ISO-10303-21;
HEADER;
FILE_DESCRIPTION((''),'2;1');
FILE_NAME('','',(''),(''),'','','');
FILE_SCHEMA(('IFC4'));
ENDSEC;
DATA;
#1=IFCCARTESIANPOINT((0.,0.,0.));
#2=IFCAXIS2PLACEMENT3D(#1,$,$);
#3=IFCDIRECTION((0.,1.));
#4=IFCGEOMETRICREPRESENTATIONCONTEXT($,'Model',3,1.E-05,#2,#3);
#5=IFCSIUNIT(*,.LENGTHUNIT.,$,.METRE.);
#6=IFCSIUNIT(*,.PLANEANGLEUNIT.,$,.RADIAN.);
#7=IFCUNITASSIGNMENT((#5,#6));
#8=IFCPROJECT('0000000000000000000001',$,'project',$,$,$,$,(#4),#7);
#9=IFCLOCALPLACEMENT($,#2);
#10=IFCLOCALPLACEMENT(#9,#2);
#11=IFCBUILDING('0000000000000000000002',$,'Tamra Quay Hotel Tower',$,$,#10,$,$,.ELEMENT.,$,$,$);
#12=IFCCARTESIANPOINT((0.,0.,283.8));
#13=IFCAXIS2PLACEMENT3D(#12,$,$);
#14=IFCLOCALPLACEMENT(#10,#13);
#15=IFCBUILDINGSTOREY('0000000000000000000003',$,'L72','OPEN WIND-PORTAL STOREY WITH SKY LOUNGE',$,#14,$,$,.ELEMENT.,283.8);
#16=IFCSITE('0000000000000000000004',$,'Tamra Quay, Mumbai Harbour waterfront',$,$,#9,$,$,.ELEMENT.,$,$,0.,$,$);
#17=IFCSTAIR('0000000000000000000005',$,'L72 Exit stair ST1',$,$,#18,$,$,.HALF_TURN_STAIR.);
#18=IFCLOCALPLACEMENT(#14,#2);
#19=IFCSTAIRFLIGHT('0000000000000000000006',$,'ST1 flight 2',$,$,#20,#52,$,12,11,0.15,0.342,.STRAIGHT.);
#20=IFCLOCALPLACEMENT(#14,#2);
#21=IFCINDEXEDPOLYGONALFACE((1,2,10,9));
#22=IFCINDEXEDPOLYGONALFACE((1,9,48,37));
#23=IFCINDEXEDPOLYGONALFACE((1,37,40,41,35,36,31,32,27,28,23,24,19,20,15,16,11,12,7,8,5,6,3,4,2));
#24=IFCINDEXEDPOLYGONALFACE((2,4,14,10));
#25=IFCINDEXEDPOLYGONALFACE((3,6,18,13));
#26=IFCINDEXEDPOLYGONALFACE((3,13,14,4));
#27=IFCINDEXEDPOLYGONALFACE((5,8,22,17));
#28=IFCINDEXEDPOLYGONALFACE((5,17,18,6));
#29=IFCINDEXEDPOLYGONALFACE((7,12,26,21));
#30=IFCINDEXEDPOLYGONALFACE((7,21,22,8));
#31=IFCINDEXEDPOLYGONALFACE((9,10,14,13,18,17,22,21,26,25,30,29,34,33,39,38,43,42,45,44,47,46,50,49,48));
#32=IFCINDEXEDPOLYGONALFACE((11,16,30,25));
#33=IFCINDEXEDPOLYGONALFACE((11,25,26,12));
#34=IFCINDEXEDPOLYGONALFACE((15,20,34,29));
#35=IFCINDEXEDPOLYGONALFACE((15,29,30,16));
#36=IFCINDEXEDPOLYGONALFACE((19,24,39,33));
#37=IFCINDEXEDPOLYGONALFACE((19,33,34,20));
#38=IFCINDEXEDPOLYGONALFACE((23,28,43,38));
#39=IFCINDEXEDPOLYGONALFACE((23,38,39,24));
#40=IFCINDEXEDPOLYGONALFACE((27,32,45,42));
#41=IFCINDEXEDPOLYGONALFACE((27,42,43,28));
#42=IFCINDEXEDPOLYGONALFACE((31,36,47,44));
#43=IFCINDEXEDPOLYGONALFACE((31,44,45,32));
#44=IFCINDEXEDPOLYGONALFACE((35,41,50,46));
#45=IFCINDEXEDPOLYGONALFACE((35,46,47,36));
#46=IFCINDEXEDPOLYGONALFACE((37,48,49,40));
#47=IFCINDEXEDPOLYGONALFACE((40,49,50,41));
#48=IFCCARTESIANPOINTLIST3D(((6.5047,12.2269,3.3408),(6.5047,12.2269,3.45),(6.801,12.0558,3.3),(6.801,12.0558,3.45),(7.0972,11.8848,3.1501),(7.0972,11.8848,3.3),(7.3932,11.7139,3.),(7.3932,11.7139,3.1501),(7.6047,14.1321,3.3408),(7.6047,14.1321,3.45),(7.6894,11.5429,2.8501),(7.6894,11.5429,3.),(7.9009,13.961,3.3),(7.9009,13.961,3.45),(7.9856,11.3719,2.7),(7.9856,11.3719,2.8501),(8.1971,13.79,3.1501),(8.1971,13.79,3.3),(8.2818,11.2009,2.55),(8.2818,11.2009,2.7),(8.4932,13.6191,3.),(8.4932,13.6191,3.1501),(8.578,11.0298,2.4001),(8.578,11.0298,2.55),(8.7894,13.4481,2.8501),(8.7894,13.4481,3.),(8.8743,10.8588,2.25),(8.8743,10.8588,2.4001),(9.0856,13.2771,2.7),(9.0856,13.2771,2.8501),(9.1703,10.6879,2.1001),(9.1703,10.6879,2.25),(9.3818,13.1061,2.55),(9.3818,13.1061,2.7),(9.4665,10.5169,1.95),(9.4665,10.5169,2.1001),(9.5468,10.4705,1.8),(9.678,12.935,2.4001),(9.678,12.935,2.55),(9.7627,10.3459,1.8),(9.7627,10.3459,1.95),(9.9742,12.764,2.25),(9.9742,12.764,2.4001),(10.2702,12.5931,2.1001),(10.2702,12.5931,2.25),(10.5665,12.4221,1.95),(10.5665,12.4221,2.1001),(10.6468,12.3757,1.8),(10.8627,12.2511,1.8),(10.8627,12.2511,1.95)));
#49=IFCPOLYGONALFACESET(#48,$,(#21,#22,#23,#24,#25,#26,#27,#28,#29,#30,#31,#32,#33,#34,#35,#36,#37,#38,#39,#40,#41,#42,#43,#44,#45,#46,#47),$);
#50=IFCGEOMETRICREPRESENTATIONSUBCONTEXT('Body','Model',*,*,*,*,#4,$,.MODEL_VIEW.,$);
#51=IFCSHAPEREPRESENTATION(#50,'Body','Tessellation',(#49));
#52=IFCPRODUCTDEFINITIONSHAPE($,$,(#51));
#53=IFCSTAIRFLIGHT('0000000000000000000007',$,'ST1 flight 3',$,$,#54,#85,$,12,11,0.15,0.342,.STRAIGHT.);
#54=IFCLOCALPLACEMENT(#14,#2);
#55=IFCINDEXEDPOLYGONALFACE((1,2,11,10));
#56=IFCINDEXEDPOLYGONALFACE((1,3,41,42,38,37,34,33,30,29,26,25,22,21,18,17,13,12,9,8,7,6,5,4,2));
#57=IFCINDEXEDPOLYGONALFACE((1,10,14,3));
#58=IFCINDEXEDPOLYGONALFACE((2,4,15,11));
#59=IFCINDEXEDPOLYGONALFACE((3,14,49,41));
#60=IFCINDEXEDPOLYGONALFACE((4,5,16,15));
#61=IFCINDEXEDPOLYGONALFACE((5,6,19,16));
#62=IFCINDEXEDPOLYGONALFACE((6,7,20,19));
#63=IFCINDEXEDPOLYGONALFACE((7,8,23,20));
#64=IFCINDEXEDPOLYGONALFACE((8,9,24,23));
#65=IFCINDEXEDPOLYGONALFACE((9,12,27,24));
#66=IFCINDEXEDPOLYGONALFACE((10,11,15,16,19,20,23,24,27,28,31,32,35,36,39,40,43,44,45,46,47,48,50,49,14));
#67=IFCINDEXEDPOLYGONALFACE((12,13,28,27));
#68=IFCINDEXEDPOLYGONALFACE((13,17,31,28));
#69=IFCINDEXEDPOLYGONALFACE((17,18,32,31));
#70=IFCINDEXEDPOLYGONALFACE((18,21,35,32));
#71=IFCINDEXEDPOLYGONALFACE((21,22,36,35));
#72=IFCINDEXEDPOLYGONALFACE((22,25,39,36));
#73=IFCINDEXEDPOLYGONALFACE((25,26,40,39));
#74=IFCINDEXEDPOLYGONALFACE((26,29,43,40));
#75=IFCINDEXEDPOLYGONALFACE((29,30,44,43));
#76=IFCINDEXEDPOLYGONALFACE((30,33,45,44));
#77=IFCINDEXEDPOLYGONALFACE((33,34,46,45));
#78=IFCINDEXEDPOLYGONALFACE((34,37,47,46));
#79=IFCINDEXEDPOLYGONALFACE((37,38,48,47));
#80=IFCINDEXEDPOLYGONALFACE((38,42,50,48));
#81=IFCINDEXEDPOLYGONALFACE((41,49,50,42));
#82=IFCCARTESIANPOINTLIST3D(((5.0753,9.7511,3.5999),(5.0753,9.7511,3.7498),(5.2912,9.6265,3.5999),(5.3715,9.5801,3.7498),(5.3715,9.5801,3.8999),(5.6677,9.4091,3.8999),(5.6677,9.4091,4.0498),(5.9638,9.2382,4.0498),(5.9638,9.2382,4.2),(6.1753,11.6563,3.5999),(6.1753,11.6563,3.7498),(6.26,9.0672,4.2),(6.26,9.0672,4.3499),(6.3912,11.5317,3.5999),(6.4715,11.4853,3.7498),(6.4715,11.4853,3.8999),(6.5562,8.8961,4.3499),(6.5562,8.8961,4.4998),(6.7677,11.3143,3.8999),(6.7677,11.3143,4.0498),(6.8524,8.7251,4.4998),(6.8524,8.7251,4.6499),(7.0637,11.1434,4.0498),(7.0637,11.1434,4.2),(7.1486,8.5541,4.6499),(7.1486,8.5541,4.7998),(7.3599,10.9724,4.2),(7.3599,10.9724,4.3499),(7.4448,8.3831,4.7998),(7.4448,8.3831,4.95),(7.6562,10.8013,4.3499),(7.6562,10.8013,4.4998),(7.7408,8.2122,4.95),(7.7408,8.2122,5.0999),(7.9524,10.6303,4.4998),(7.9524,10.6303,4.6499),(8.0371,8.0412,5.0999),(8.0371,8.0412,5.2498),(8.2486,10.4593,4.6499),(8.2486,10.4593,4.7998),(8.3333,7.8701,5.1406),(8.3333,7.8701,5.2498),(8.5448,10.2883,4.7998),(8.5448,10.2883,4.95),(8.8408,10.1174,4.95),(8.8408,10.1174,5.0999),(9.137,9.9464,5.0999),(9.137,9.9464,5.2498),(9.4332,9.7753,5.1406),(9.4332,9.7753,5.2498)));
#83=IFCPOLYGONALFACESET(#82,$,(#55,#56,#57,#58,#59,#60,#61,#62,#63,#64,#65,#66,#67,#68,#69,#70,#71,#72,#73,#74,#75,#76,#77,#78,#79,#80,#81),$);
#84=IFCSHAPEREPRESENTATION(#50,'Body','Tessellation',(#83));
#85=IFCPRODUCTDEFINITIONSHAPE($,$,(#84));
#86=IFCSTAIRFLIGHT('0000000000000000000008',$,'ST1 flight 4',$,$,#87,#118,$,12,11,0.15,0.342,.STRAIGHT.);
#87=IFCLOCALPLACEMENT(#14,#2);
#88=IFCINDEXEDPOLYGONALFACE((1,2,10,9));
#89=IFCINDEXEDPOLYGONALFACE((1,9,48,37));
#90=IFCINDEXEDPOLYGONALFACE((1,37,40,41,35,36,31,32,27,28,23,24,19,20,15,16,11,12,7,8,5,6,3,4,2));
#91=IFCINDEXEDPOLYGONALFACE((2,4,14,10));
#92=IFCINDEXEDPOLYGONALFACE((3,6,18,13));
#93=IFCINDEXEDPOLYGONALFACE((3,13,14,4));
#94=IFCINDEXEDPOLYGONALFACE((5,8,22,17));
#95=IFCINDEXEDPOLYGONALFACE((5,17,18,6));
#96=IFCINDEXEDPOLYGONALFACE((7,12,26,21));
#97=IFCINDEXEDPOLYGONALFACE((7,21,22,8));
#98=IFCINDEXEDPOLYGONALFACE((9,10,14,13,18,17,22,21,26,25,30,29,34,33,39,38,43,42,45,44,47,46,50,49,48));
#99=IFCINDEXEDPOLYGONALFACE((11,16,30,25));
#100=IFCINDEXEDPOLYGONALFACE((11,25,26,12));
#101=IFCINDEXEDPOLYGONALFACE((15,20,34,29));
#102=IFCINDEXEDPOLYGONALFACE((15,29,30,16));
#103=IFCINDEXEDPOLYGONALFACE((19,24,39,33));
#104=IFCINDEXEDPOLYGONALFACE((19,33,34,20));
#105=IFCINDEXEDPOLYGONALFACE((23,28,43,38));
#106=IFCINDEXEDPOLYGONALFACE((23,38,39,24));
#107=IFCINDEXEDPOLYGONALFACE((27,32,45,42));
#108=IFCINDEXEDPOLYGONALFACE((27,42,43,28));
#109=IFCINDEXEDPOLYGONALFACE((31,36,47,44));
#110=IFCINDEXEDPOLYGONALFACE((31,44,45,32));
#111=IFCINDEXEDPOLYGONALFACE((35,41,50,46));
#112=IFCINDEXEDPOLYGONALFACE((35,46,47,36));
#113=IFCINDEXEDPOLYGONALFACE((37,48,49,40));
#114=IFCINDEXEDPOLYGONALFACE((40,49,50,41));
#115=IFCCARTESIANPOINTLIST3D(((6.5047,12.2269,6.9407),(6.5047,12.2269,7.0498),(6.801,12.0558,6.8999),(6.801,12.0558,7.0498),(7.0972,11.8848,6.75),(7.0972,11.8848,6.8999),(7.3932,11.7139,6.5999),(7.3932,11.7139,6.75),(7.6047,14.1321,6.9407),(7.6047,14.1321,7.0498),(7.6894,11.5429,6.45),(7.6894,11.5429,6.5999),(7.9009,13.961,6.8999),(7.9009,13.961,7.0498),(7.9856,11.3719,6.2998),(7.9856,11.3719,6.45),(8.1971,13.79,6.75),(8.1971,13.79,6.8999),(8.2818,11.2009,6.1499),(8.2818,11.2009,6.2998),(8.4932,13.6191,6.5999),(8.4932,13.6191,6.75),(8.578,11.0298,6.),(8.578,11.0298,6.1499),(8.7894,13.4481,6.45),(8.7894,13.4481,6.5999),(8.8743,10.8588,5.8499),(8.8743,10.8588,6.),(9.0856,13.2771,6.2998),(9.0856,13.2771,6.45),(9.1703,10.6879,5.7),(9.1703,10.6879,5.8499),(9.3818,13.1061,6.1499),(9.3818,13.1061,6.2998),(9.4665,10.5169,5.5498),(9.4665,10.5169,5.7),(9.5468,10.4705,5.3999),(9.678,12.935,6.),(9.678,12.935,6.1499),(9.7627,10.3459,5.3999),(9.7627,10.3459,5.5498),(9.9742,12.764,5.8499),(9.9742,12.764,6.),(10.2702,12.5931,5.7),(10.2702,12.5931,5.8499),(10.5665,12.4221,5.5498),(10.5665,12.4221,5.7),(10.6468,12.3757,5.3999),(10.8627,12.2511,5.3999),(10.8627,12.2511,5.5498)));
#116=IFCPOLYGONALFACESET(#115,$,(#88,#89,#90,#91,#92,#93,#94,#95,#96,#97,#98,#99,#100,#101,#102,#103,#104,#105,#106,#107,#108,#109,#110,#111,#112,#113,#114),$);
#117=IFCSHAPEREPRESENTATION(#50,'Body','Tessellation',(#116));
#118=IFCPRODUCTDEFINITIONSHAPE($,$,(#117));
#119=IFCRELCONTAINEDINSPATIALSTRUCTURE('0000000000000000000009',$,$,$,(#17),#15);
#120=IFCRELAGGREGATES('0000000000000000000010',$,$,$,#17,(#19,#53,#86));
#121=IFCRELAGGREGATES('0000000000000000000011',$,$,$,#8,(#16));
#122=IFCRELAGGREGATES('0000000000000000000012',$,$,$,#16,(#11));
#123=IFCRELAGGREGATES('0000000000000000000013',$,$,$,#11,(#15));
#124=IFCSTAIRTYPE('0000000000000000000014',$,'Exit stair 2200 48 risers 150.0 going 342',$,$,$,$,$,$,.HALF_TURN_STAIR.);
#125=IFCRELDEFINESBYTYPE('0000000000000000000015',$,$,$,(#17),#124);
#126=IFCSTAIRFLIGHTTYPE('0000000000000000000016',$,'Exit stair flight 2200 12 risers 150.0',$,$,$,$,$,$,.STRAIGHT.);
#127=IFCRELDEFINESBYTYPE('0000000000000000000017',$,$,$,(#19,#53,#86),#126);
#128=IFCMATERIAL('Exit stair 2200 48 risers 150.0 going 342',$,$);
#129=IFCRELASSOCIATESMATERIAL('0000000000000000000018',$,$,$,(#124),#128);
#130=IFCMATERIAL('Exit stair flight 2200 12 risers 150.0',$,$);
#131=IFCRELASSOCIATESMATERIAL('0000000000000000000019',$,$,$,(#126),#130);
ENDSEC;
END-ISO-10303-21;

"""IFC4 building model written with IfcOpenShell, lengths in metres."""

from ifc_helpers import new_model, si_unit, direction, frame, origin, place, context, subcontext, project, spatial, polyline, outline, extrude, material, type_object, element, aggregate, save


model = new_model("IFC4")

# Units and contexts
model_context = context("Model", 3, precision=1e-05, world=origin(), true_north=direction((0.0, 1.0)))
body_context = subcontext(model_context, "Body", "Model", "MODEL_VIEW")
ifc_project = project(units=[si_unit("LENGTHUNIT", "METRE"), si_unit("PLANEANGLEUNIT", "RADIAN")], contexts=[model_context])

# Site, building, storey
site_placement = place(None, origin())
site = spatial("IfcSite", under=ifc_project, at=site_placement, Name="Tamra Quay, Mumbai Harbour waterfront", CompositionType="ELEMENT", RefElevation=0.0)
building_placement = place(site_placement, origin())
building = spatial("IfcBuilding", under=site, at=building_placement, Name="Tamra Quay Hotel Tower", CompositionType="ELEMENT")
storey_placement = place(building_placement, frame((0.0, 0.0, 283.8)))
storey = spatial("IfcBuildingStorey", under=building, at=storey_placement, Name="L72", Description="OPEN WIND-PORTAL STOREY WITH SKY LOUNGE", CompositionType="ELEMENT", Elevation=283.8)

# Stair, stair flights
ifc_material_1 = material(Name="Exit stair 2200 48 risers 150.0 going 342")
stair_type = type_object("IfcStairType", Name="Exit stair 2200 48 risers 150.0 going 342", PredefinedType="HALF_TURN_STAIR", material=ifc_material_1)
stair_placement = place(storey_placement, origin())
stair = element("IfcStair", 1, at=stair_placement, inside=storey, type_object=stair_type, Name="L72 Exit stair ST1", PredefinedType="HALF_TURN_STAIR")
ifc_material_2 = material(Name="Exit stair flight 2200 12 risers 150.0")
stair_flight_type = type_object("IfcStairFlightType", Name="Exit stair flight 2200 12 risers 150.0", PredefinedType="STRAIGHT", material=ifc_material_2)
stair_flight_1_placement = place(storey_placement, frame((10.3127, 11.2986, 1.8), z_axis=(0.0, 0.0, 1.0), x_axis=(-0.866025, 0.5, 0.0)))
stair_flight_1 = element("IfcStairFlight", 2, at=stair_flight_1_placement, type_object=stair_flight_type, Name="ST1 flight 2", NumberOfRisers=12, NumberOfTreads=11, PredefinedType="STRAIGHT", RiserHeight=0.15, TreadLength=0.342, context=body_context, shape_type="SweptSolid", body=[
    extrude(outline(polyline([(0.0, 0.0), (0.0, 0.1499), (0.342, 0.1499), (0.342, 0.3), (0.6841, 0.3), (0.6841, 0.45), (1.0259, 0.45), (1.0259, 0.6001), (1.3679, 0.6001), (1.3679, 0.75), (1.71, 0.75), (1.71, 0.8999), (2.052, 0.8999), (2.052, 1.05), (2.394, 1.05), (2.394, 1.2), (2.7361, 1.2), (2.7361, 1.3501), (3.0779, 1.3501), (3.0779, 1.5), (3.4199, 1.5), (3.4199, 1.6499), (3.762, 1.6499), (3.762, 1.8), (3.762, 1.5408), (0.2493, 0.0), (0.0, 0.0)])), frame((0.0, 1.1001, 0.0), z_axis=(0.0, -1.0, 0.0), x_axis=(1.0, 0.0, 0.0)), (0.0, 0.0, 1.0), 2.2),
])
stair_flight_2_placement = place(storey_placement, frame((5.6252, 10.7036, 3.5999), z_axis=(0.0, 0.0, 1.0), x_axis=(0.866025, -0.5, 0.0)))
stair_flight_2 = element("IfcStairFlight", 3, at=stair_flight_2_placement, type_object=stair_flight_type, Name="ST1 flight 3", NumberOfRisers=12, NumberOfTreads=11, PredefinedType="STRAIGHT", RiserHeight=0.15, TreadLength=0.342, context=body_context, shape_type="SweptSolid", body=[
    extrude(outline(polyline([(0.0, 0.0), (0.0, 0.1499), (0.342, 0.1499), (0.342, 0.3), (0.6841, 0.3), (0.6841, 0.45), (1.0259, 0.45), (1.0259, 0.6001), (1.3679, 0.6001), (1.3679, 0.75), (1.71, 0.75), (1.71, 0.8999), (2.052, 0.8999), (2.052, 1.05), (2.394, 1.05), (2.394, 1.2), (2.7361, 1.2), (2.7361, 1.3501), (3.0779, 1.3501), (3.0779, 1.5), (3.4199, 1.5), (3.4199, 1.6499), (3.762, 1.6499), (3.762, 1.8), (3.762, 1.5408), (0.2493, 0.0), (0.0, 0.0)])), frame((0.0, 1.1001, 0.0), z_axis=(0.0, -1.0, 0.0), x_axis=(1.0, 0.0, 0.0)), (0.0, 0.0, 1.0), 2.2),
])
stair_flight_3_placement = place(storey_placement, frame((10.3127, 11.2986, 5.3999), z_axis=(0.0, 0.0, 1.0), x_axis=(-0.866025, 0.5, 0.0)))
stair_flight_3 = element("IfcStairFlight", 4, at=stair_flight_3_placement, type_object=stair_flight_type, Name="ST1 flight 4", NumberOfRisers=12, NumberOfTreads=11, PredefinedType="STRAIGHT", RiserHeight=0.15, TreadLength=0.342, context=body_context, shape_type="SweptSolid", body=[
    extrude(outline(polyline([(0.0, 0.0), (0.0, 0.1499), (0.342, 0.1499), (0.342, 0.3), (0.6841, 0.3), (0.6841, 0.45), (1.0259, 0.45), (1.0259, 0.6001), (1.3679, 0.6001), (1.3679, 0.75), (1.71, 0.75), (1.71, 0.8999), (2.052, 0.8999), (2.052, 1.05), (2.394, 1.05), (2.394, 1.2), (2.7361, 1.2), (2.7361, 1.3501), (3.0779, 1.3501), (3.0779, 1.5), (3.4199, 1.5), (3.4199, 1.6499), (3.762, 1.6499), (3.762, 1.8), (3.762, 1.5408), (0.2493, 0.0), (0.0, 0.0)])), frame((0.0, 1.1001, 0.0), z_axis=(0.0, -1.0, 0.0), x_axis=(1.0, 0.0, 0.0)), (0.0, 0.0, 1.0), 2.2),
])
aggregate(stair, [stair_flight_1, stair_flight_2, stair_flight_3])

save(model, "model.ifc")
